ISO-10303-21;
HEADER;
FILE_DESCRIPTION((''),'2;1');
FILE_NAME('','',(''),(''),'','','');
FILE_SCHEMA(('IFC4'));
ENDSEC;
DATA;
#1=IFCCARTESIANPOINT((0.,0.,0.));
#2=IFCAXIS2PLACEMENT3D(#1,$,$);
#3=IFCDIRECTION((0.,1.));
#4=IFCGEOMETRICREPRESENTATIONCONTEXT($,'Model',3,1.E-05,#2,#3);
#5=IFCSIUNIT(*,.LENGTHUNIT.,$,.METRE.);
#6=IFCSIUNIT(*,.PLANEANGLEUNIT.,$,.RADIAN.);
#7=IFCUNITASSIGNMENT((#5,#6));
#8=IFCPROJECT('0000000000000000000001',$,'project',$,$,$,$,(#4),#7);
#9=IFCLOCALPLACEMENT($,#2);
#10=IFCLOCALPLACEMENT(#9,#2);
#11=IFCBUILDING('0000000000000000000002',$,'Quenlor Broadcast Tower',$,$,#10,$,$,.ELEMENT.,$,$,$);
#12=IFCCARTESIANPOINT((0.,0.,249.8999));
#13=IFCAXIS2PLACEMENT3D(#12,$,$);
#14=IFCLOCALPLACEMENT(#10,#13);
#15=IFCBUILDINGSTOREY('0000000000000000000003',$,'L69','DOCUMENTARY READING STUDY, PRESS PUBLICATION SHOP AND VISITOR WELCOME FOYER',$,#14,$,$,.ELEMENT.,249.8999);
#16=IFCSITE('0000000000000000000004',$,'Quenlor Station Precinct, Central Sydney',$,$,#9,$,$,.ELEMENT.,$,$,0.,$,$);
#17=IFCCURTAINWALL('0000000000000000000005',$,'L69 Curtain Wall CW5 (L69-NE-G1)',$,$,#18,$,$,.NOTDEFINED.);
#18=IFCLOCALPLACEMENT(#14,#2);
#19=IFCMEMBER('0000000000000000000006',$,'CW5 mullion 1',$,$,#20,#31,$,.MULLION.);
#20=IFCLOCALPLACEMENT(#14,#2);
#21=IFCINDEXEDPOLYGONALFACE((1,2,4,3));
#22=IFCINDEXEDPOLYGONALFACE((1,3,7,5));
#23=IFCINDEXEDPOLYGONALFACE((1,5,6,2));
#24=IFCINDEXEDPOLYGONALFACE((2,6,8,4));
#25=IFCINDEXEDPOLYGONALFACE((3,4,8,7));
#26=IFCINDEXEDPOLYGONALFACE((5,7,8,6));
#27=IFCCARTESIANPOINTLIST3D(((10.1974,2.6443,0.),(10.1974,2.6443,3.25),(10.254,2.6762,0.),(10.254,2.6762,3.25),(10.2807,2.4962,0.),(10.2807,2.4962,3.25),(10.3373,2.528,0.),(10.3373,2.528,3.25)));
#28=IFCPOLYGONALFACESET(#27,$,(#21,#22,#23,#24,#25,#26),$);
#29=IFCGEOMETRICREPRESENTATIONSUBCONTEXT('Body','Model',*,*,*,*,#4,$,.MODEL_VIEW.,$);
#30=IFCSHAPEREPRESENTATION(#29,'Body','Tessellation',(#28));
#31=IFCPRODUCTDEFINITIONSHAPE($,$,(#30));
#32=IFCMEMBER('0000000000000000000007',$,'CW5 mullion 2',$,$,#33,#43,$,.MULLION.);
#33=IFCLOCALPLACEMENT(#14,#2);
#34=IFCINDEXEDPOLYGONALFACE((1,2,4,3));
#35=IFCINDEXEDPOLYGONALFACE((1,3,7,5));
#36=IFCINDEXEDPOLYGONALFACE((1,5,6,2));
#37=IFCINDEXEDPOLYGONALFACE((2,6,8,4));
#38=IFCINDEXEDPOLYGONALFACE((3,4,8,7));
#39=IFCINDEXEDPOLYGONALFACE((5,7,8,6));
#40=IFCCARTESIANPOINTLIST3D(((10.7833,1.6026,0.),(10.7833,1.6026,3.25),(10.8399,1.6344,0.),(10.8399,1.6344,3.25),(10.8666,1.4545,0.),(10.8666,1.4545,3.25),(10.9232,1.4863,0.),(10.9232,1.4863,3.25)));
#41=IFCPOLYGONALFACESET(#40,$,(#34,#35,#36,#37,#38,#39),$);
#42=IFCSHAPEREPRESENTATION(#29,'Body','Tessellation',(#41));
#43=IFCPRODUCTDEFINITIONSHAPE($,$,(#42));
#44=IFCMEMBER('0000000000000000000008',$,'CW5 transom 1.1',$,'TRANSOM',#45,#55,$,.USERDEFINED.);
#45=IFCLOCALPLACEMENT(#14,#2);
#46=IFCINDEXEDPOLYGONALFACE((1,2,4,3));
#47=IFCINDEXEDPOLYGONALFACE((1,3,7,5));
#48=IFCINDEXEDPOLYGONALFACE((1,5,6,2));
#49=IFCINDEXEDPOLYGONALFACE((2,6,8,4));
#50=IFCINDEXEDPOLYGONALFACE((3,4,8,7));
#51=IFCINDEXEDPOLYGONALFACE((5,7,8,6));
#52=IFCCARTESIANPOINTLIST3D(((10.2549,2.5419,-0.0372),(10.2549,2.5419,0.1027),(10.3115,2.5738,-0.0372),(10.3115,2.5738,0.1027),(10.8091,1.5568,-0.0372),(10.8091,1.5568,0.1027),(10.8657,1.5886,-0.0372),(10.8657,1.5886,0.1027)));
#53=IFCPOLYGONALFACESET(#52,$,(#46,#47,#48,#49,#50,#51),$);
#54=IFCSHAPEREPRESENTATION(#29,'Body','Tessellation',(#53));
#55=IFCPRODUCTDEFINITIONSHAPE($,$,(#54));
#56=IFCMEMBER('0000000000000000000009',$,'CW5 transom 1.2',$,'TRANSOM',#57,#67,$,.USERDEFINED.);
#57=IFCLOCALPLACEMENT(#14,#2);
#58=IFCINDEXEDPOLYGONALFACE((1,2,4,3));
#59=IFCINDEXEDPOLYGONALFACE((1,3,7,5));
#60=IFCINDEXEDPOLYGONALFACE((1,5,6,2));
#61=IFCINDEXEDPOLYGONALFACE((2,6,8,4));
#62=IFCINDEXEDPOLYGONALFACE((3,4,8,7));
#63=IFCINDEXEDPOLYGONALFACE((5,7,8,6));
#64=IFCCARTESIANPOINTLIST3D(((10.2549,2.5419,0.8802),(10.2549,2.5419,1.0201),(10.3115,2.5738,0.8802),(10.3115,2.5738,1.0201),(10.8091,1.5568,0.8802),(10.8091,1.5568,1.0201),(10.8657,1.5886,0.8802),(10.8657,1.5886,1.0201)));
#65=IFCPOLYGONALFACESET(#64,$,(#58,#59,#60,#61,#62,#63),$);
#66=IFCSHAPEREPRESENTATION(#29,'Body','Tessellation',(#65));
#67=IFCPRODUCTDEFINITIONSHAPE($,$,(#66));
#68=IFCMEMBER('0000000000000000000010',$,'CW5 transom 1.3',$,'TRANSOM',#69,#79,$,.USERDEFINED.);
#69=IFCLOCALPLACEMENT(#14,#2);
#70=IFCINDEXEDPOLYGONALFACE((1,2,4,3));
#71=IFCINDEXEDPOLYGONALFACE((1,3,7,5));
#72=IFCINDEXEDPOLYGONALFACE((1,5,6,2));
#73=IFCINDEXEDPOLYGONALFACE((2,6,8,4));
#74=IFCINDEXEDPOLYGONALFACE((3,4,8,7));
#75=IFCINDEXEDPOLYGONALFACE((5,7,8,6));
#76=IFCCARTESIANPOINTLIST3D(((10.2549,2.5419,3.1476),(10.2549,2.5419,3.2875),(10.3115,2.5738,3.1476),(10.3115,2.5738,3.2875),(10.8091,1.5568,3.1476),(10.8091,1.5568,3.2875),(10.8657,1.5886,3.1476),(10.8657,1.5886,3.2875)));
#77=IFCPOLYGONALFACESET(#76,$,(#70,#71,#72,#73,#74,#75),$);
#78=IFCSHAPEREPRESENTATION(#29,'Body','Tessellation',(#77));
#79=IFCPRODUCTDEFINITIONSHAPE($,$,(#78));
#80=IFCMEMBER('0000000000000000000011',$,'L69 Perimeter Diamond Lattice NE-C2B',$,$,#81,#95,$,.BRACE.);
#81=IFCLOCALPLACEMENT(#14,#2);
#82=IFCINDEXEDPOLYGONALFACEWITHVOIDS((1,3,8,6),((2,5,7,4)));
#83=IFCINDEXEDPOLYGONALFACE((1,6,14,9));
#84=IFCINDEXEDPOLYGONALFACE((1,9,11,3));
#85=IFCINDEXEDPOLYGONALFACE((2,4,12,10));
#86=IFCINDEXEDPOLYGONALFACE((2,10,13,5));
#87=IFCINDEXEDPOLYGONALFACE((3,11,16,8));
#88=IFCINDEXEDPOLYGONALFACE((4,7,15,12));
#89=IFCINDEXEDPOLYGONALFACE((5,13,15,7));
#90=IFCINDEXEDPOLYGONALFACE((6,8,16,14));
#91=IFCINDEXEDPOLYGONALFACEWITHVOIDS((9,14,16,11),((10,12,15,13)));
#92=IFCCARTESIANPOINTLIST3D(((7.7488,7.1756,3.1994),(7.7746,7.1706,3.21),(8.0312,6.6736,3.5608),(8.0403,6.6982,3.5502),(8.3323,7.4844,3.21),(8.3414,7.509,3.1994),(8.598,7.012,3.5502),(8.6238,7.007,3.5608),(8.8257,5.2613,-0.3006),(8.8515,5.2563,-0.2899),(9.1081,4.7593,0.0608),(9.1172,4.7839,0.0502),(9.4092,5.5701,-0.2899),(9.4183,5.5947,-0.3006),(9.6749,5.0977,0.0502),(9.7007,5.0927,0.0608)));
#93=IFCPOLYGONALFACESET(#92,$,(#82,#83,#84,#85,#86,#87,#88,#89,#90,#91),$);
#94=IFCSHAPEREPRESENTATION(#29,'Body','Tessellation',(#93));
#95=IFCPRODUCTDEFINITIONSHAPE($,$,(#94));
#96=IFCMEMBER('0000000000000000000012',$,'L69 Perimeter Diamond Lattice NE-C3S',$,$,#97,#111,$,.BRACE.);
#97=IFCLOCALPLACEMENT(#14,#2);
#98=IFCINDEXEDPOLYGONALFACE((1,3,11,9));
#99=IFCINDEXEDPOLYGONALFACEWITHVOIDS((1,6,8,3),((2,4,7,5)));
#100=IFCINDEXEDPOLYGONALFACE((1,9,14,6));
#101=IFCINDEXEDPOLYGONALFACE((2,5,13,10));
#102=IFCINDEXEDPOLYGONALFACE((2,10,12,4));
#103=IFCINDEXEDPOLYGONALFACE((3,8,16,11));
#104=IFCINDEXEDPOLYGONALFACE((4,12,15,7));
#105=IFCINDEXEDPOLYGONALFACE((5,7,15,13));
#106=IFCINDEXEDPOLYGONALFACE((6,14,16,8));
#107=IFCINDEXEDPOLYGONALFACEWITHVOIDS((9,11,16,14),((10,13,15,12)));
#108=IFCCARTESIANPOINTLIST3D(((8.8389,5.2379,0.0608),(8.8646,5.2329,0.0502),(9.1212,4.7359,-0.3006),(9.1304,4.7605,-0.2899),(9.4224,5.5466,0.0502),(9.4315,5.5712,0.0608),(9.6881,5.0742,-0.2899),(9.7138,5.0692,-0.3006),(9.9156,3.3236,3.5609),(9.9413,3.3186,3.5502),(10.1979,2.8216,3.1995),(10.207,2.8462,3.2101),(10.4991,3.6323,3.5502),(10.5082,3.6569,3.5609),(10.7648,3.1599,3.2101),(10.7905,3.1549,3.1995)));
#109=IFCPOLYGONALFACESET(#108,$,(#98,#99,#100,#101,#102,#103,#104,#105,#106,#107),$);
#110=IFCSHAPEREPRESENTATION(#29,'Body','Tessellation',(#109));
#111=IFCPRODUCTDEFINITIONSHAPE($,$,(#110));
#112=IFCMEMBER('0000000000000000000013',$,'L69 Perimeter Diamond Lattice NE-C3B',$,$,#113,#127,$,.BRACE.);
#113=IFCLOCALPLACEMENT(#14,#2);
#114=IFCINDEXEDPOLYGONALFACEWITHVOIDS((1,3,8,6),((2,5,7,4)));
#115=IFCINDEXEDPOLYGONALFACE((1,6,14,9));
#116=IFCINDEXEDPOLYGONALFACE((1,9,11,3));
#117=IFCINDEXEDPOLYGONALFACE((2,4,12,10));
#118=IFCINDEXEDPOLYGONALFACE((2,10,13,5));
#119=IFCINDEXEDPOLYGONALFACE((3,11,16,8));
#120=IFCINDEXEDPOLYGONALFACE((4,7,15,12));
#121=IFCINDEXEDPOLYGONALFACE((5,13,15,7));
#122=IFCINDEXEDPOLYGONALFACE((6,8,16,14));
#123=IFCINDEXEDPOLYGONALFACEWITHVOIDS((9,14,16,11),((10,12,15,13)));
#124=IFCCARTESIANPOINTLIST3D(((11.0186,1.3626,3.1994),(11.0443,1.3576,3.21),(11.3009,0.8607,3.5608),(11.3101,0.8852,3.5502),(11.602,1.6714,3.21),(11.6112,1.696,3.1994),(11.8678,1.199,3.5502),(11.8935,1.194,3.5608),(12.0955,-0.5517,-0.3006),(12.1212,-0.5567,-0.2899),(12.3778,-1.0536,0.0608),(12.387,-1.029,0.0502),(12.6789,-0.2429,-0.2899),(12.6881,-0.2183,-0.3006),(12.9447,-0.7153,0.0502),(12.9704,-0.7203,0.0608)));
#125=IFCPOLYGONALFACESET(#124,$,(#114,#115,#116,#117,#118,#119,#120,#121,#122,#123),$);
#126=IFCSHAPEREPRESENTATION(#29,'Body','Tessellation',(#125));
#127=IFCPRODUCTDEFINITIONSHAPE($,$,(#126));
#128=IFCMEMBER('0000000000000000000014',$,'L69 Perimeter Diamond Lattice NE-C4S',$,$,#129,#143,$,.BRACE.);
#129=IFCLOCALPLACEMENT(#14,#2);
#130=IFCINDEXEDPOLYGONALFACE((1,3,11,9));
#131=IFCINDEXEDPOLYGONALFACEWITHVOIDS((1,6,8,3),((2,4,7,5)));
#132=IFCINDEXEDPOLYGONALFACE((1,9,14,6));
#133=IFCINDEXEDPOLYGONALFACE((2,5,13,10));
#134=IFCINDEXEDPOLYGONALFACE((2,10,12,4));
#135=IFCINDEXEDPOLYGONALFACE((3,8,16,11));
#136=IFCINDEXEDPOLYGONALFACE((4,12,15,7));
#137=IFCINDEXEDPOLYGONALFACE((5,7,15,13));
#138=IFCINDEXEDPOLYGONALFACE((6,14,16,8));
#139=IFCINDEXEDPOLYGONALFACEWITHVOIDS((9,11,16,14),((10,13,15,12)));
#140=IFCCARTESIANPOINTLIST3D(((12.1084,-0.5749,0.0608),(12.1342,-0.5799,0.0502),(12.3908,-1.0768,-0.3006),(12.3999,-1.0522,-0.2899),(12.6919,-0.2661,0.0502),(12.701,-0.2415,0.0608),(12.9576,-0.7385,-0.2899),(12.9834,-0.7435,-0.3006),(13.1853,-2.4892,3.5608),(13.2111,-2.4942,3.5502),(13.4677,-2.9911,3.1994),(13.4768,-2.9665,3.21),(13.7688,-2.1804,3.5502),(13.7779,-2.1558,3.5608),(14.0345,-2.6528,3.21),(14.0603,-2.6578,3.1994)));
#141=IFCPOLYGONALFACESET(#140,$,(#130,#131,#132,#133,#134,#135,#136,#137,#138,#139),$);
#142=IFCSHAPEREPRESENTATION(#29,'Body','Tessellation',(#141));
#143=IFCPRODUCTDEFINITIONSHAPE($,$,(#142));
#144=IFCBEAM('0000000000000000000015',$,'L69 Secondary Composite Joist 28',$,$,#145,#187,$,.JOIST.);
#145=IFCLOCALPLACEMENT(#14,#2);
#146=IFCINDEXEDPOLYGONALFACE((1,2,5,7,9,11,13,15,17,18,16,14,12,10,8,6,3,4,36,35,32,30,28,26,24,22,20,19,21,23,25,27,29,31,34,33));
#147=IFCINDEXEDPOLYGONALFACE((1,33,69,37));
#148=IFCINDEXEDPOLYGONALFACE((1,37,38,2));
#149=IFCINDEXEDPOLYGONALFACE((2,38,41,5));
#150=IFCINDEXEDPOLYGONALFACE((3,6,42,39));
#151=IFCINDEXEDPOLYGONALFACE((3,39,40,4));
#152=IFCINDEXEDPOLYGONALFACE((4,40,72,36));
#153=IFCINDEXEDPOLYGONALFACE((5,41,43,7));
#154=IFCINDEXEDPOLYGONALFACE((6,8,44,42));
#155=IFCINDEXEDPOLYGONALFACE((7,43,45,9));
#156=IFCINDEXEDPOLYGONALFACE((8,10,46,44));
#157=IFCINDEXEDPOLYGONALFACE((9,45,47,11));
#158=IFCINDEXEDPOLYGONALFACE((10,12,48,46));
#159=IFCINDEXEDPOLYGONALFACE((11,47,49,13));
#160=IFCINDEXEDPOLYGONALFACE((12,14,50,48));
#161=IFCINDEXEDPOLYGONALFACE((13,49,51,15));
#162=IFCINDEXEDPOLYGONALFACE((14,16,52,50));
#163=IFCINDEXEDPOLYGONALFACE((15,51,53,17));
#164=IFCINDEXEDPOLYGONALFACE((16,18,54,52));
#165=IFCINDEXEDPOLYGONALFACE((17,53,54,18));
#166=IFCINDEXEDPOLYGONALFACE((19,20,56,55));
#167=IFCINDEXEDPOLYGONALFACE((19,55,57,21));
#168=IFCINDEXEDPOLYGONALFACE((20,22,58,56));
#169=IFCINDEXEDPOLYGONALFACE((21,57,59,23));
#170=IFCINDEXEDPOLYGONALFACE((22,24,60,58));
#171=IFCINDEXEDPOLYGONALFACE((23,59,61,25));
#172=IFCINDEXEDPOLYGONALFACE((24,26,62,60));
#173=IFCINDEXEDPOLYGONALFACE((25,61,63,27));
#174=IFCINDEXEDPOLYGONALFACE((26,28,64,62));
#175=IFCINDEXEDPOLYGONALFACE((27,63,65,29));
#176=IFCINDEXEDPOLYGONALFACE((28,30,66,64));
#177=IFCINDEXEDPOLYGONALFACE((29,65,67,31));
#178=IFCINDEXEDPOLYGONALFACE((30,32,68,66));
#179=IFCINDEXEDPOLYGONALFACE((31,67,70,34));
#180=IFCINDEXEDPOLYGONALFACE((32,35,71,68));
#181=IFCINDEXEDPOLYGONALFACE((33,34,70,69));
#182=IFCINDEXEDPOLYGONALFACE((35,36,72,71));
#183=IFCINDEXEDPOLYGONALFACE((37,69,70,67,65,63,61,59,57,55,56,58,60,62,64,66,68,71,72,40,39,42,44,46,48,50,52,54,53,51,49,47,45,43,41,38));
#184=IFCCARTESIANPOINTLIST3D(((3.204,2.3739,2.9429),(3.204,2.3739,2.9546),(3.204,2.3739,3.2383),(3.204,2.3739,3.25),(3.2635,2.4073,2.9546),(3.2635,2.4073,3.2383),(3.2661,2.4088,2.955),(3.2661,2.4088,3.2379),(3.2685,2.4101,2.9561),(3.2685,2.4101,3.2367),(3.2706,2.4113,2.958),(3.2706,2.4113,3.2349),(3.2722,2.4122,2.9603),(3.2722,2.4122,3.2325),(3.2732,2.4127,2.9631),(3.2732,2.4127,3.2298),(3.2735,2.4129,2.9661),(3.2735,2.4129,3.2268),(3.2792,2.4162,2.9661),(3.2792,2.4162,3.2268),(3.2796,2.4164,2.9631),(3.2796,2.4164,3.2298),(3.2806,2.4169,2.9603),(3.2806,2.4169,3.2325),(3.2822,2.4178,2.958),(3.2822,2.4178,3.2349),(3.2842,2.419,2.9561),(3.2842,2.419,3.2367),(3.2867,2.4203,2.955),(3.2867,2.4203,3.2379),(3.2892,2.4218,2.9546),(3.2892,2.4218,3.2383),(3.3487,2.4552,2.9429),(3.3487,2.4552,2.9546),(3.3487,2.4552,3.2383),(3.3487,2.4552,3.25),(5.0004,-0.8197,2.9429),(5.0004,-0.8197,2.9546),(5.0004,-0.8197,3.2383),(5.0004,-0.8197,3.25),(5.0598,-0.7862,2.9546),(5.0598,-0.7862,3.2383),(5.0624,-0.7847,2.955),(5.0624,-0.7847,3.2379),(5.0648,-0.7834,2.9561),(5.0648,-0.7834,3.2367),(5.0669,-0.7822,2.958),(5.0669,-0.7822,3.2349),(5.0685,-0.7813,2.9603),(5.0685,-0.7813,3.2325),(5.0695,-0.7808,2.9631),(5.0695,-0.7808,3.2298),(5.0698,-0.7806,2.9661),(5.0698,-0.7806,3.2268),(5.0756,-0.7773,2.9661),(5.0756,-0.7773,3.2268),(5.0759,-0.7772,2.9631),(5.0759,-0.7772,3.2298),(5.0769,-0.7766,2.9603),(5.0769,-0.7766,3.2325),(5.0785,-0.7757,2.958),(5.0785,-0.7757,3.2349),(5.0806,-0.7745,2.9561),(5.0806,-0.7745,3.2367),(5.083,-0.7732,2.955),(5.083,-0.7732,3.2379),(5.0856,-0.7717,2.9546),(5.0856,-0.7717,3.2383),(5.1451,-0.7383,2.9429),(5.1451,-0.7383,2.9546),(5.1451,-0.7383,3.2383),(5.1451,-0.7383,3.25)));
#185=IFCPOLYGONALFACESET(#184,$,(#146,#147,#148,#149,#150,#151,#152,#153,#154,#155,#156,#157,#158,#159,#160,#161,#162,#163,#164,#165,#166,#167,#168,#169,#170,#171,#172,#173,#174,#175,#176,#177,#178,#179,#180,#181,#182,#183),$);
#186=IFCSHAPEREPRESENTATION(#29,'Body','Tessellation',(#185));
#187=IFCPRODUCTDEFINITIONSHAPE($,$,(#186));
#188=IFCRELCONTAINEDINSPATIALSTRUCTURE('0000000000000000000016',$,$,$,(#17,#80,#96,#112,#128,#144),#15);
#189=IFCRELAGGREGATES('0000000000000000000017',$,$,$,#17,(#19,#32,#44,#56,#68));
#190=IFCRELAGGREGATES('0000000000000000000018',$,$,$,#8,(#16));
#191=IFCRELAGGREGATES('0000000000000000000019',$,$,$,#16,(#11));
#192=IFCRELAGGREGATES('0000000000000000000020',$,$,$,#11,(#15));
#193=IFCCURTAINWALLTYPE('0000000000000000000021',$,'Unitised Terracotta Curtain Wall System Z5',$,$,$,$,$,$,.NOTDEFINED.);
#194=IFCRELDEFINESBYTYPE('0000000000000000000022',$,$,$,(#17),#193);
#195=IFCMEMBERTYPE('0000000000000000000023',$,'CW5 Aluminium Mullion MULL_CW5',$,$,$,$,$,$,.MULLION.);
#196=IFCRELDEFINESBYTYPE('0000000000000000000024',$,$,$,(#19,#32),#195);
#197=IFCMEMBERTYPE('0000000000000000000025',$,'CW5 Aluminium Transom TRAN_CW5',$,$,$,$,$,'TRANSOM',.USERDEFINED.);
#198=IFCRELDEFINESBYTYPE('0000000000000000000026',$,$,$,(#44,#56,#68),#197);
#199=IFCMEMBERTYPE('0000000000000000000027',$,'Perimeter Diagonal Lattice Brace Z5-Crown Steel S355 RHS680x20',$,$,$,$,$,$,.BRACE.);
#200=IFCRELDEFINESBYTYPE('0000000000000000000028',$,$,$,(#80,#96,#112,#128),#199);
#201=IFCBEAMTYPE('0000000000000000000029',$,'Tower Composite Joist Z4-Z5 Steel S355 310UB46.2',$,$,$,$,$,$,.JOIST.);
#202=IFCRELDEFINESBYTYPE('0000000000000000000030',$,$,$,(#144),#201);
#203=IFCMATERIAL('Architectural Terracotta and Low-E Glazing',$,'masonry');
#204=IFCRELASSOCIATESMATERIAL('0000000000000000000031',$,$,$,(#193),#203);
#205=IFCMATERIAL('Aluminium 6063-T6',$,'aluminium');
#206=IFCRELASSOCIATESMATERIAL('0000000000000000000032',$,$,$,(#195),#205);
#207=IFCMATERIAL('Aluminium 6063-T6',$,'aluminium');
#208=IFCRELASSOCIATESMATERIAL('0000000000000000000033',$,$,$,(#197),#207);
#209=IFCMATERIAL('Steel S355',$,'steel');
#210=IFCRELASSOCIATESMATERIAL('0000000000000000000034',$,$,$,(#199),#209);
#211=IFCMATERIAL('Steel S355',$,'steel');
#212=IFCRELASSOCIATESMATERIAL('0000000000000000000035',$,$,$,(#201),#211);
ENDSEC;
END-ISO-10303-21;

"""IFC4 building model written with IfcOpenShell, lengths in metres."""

from ifc_helpers import new_model, si_unit, direction, frame, origin, origin_2d, place, context, subcontext, project, spatial, rectangle, hollow_rectangle, i_section, extrude, material, material_profile, profile_set, type_object, element, aggregate, save


model = new_model("IFC4")

# Units and contexts
model_context = context("Model", 3, precision=1e-05, world=origin(), true_north=direction((0.0, 1.0)))
body_context = subcontext(model_context, "Body", "Model", "MODEL_VIEW")
ifc_project = project(units=[si_unit("LENGTHUNIT", "METRE"), si_unit("PLANEANGLEUNIT", "RADIAN")], contexts=[model_context])

# Site, building, storey
site_placement = place(None, origin())
site = spatial("IfcSite", under=ifc_project, at=site_placement, Name="Quenlor Station Precinct, Central Sydney", CompositionType="ELEMENT", RefElevation=0.0)
building_placement = place(site_placement, origin())
building = spatial("IfcBuilding", under=site, at=building_placement, Name="Quenlor Broadcast Tower", CompositionType="ELEMENT")
storey_placement = place(building_placement, frame((0.0, 0.0, 249.8999)))
storey = spatial("IfcBuildingStorey", under=building, at=storey_placement, Name="L69", Description="DOCUMENTARY READING STUDY, PRESS PUBLICATION SHOP AND VISITOR WELCOME FOYER", CompositionType="ELEMENT", Elevation=249.8999)

# Curtain wall, members
ifc_material_1 = material(Name="Architectural Terracotta and Low-E Glazing", Category="masonry")
curtain_wall_type = type_object("IfcCurtainWallType", Name="Unitised Terracotta Curtain Wall System Z5", PredefinedType="NOTDEFINED", material=ifc_material_1)
curtain_wall_placement = place(storey_placement, origin())
curtain_wall = element("IfcCurtainWall", 1, at=curtain_wall_placement, inside=storey, type_object=curtain_wall_type, Name="L69 Curtain Wall CW5 (L69-NE-G1)", PredefinedType="NOTDEFINED")
ifc_material_2 = material(Name="Aluminium 6063-T6", Category="aluminium")
ifc_material_profile_1 = material_profile(ifc_material_2, rectangle(XDim=0.0649, YDim=0.1699, at=origin_2d()))
ifc_profile_set_1 = profile_set([ifc_material_profile_1], Name="Aluminium 6063-T6 MULL65x170")
member_type_1 = type_object("IfcMemberType", Name="CW5 Aluminium Mullion MULL_CW5", PredefinedType="MULLION", material=ifc_profile_set_1)
member_1_placement = place(storey_placement, frame((10.2673, 2.5862, 0.0), z_axis=(0.0, 0.0, 1.0), x_axis=(0.871592, 0.490231, 0.0)))
member_1 = element("IfcMember", 2, at=member_1_placement, type_object=member_type_1, Name="CW5 mullion 1", PredefinedType="MULLION", context=body_context, shape_type="SweptSolid", body=[
    extrude(rectangle(XDim=0.0649, YDim=0.1699, at=origin_2d()), origin(), (0.0, 0.0, 1.0), 3.25),
])
member_2_placement = place(storey_placement, frame((10.8533, 1.5444, 0.0), z_axis=(0.0, 0.0, 1.0), x_axis=(0.871592, 0.490231, 0.0)))
member_2 = element("IfcMember", 3, at=member_2_placement, type_object=member_type_1, Name="CW5 mullion 2", PredefinedType="MULLION", context=body_context, shape_type="SweptSolid", body=[
    extrude(rectangle(XDim=0.0649, YDim=0.1699, at=origin_2d()), origin(), (0.0, 0.0, 1.0), 3.25),
])
ifc_material_3 = material(Name="Aluminium 6063-T6", Category="aluminium")
ifc_material_profile_2 = material_profile(ifc_material_3, rectangle(XDim=0.0649, YDim=0.1399, at=origin_2d()))
ifc_profile_set_2 = profile_set([ifc_material_profile_2], Name="Aluminium 6063-T6 TRAN65x140")
member_type_2 = type_object("IfcMemberType", Name="CW5 Aluminium Transom TRAN_CW5", ElementType="TRANSOM", PredefinedType="USERDEFINED", material=ifc_profile_set_2)
member_3_placement = place(storey_placement, frame((10.2832, 2.5579, 0.0327), z_axis=(0.490313, -0.871547, 0.0), x_axis=(0.871547, 0.490313, 0.0)))
member_3 = element("IfcMember", 4, at=member_3_placement, type_object=member_type_2, Name="CW5 transom 1.1", ObjectType="TRANSOM", PredefinedType="USERDEFINED", context=body_context, shape_type="SweptSolid", body=[
    extrude(rectangle(XDim=0.0649, YDim=0.1399, at=origin_2d()), origin(), (0.0, 0.0, 1.0), 1.1304),
])
member_4_placement = place(storey_placement, frame((10.2832, 2.5579, 0.9502), z_axis=(0.490313, -0.871547, 0.0), x_axis=(0.871547, 0.490313, 0.0)))
member_4 = element("IfcMember", 5, at=member_4_placement, type_object=member_type_2, Name="CW5 transom 1.2", ObjectType="TRANSOM", PredefinedType="USERDEFINED", context=body_context, shape_type="SweptSolid", body=[
    extrude(rectangle(XDim=0.0649, YDim=0.1399, at=origin_2d()), origin(), (0.0, 0.0, 1.0), 1.1304),
])
member_5_placement = place(storey_placement, frame((10.2832, 2.5579, 3.2175), z_axis=(0.490313, -0.871547, 0.0), x_axis=(0.871547, 0.490313, 0.0)))
member_5 = element("IfcMember", 6, at=member_5_placement, type_object=member_type_2, Name="CW5 transom 1.3", ObjectType="TRANSOM", PredefinedType="USERDEFINED", context=body_context, shape_type="SweptSolid", body=[
    extrude(rectangle(XDim=0.0649, YDim=0.1399, at=origin_2d()), origin(), (0.0, 0.0, 1.0), 1.1304),
])

# Members
ifc_material_4 = material(Name="Steel S355", Category="steel")
ifc_material_profile_3 = material_profile(ifc_material_4, hollow_rectangle(XDim=0.6799, YDim=0.6799, WallThickness=0.02, at=origin_2d()))
ifc_profile_set_3 = profile_set([ifc_material_profile_3], Name="Steel S355 RHS680x680x20")
member_type_3 = type_object("IfcMemberType", Name="Perimeter Diagonal Lattice Brace Z5-Crown Steel S355 RHS680x20", PredefinedType="BRACE", material=ifc_profile_set_3)
for number, where, z_axis, x_axis, name in (
    (7, (9.2632, 5.177, -0.1199), (-0.260619, 0.463276, 0.847026), (-0.871555, -0.490298, 0.0), "L69 Perimeter Diamond Lattice NE-C2B"),
    (8, (9.2764, 5.1536, -0.1199), (0.260564, -0.463283, 0.847039), (0.871602, 0.490214, 0.0), "L69 Perimeter Diamond Lattice NE-C3S"),
    (9, (12.533, -0.636, -0.1199), (-0.260619, 0.463276, 0.847026), (-0.871555, -0.490298, 0.0), "L69 Perimeter Diamond Lattice NE-C3B"),
    (10, (12.5459, -0.6592, -0.1199), (0.260619, -0.463276, 0.847026), (0.871555, 0.490298, 0.0), "L69 Perimeter Diamond Lattice NE-C4S"),
):
    element("IfcMember", number, at=place(storey_placement, frame(where, z_axis=z_axis, x_axis=x_axis)), inside=storey, type_object=member_type_3, Name=name, PredefinedType="BRACE", context=body_context, shape_type="SweptSolid", body=[
        extrude(hollow_rectangle(XDim=0.6799, YDim=0.6799, WallThickness=0.02, at=origin_2d()), origin(), (0.0, 0.0, 1.0), 4.1321),
    ])

# Beam
ifc_material_5 = material(Name="Steel S355", Category="steel")
ifc_material_profile_4 = material_profile(ifc_material_5, i_section(OverallWidth=0.166, OverallDepth=0.3071, WebThickness=0.0066, FlangeThickness=0.0117, FilletRadius=0.0115, at=origin_2d()))
ifc_profile_set_4 = profile_set([ifc_material_profile_4], Name="Steel S355 310UB46.2")
beam_type = type_object("IfcBeamType", Name="Tower Composite Joist Z4-Z5 Steel S355 310UB46.2", PredefinedType="JOIST", material=ifc_profile_set_4)
beam_placement = place(storey_placement, frame((3.2764, 2.4146, 3.0964), z_axis=(0.490258, -0.871577, 0.0), x_axis=(0.871577, 0.490258, 0.0)))
element("IfcBeam", 11, at=beam_placement, inside=storey, type_object=beam_type, Name="L69 Secondary Composite Joist 28", PredefinedType="JOIST", context=body_context, shape_type="SweptSolid", body=[
    extrude(i_section(OverallWidth=0.166, OverallDepth=0.3071, WebThickness=0.0066, FlangeThickness=0.0117, FilletRadius=0.0115, at=origin_2d()), origin(), (0.0, 0.0, 1.0), 3.6641),
])

aggregate(curtain_wall, [member_1, member_2, member_3, member_4, member_5])

save(model, "model.ifc")
